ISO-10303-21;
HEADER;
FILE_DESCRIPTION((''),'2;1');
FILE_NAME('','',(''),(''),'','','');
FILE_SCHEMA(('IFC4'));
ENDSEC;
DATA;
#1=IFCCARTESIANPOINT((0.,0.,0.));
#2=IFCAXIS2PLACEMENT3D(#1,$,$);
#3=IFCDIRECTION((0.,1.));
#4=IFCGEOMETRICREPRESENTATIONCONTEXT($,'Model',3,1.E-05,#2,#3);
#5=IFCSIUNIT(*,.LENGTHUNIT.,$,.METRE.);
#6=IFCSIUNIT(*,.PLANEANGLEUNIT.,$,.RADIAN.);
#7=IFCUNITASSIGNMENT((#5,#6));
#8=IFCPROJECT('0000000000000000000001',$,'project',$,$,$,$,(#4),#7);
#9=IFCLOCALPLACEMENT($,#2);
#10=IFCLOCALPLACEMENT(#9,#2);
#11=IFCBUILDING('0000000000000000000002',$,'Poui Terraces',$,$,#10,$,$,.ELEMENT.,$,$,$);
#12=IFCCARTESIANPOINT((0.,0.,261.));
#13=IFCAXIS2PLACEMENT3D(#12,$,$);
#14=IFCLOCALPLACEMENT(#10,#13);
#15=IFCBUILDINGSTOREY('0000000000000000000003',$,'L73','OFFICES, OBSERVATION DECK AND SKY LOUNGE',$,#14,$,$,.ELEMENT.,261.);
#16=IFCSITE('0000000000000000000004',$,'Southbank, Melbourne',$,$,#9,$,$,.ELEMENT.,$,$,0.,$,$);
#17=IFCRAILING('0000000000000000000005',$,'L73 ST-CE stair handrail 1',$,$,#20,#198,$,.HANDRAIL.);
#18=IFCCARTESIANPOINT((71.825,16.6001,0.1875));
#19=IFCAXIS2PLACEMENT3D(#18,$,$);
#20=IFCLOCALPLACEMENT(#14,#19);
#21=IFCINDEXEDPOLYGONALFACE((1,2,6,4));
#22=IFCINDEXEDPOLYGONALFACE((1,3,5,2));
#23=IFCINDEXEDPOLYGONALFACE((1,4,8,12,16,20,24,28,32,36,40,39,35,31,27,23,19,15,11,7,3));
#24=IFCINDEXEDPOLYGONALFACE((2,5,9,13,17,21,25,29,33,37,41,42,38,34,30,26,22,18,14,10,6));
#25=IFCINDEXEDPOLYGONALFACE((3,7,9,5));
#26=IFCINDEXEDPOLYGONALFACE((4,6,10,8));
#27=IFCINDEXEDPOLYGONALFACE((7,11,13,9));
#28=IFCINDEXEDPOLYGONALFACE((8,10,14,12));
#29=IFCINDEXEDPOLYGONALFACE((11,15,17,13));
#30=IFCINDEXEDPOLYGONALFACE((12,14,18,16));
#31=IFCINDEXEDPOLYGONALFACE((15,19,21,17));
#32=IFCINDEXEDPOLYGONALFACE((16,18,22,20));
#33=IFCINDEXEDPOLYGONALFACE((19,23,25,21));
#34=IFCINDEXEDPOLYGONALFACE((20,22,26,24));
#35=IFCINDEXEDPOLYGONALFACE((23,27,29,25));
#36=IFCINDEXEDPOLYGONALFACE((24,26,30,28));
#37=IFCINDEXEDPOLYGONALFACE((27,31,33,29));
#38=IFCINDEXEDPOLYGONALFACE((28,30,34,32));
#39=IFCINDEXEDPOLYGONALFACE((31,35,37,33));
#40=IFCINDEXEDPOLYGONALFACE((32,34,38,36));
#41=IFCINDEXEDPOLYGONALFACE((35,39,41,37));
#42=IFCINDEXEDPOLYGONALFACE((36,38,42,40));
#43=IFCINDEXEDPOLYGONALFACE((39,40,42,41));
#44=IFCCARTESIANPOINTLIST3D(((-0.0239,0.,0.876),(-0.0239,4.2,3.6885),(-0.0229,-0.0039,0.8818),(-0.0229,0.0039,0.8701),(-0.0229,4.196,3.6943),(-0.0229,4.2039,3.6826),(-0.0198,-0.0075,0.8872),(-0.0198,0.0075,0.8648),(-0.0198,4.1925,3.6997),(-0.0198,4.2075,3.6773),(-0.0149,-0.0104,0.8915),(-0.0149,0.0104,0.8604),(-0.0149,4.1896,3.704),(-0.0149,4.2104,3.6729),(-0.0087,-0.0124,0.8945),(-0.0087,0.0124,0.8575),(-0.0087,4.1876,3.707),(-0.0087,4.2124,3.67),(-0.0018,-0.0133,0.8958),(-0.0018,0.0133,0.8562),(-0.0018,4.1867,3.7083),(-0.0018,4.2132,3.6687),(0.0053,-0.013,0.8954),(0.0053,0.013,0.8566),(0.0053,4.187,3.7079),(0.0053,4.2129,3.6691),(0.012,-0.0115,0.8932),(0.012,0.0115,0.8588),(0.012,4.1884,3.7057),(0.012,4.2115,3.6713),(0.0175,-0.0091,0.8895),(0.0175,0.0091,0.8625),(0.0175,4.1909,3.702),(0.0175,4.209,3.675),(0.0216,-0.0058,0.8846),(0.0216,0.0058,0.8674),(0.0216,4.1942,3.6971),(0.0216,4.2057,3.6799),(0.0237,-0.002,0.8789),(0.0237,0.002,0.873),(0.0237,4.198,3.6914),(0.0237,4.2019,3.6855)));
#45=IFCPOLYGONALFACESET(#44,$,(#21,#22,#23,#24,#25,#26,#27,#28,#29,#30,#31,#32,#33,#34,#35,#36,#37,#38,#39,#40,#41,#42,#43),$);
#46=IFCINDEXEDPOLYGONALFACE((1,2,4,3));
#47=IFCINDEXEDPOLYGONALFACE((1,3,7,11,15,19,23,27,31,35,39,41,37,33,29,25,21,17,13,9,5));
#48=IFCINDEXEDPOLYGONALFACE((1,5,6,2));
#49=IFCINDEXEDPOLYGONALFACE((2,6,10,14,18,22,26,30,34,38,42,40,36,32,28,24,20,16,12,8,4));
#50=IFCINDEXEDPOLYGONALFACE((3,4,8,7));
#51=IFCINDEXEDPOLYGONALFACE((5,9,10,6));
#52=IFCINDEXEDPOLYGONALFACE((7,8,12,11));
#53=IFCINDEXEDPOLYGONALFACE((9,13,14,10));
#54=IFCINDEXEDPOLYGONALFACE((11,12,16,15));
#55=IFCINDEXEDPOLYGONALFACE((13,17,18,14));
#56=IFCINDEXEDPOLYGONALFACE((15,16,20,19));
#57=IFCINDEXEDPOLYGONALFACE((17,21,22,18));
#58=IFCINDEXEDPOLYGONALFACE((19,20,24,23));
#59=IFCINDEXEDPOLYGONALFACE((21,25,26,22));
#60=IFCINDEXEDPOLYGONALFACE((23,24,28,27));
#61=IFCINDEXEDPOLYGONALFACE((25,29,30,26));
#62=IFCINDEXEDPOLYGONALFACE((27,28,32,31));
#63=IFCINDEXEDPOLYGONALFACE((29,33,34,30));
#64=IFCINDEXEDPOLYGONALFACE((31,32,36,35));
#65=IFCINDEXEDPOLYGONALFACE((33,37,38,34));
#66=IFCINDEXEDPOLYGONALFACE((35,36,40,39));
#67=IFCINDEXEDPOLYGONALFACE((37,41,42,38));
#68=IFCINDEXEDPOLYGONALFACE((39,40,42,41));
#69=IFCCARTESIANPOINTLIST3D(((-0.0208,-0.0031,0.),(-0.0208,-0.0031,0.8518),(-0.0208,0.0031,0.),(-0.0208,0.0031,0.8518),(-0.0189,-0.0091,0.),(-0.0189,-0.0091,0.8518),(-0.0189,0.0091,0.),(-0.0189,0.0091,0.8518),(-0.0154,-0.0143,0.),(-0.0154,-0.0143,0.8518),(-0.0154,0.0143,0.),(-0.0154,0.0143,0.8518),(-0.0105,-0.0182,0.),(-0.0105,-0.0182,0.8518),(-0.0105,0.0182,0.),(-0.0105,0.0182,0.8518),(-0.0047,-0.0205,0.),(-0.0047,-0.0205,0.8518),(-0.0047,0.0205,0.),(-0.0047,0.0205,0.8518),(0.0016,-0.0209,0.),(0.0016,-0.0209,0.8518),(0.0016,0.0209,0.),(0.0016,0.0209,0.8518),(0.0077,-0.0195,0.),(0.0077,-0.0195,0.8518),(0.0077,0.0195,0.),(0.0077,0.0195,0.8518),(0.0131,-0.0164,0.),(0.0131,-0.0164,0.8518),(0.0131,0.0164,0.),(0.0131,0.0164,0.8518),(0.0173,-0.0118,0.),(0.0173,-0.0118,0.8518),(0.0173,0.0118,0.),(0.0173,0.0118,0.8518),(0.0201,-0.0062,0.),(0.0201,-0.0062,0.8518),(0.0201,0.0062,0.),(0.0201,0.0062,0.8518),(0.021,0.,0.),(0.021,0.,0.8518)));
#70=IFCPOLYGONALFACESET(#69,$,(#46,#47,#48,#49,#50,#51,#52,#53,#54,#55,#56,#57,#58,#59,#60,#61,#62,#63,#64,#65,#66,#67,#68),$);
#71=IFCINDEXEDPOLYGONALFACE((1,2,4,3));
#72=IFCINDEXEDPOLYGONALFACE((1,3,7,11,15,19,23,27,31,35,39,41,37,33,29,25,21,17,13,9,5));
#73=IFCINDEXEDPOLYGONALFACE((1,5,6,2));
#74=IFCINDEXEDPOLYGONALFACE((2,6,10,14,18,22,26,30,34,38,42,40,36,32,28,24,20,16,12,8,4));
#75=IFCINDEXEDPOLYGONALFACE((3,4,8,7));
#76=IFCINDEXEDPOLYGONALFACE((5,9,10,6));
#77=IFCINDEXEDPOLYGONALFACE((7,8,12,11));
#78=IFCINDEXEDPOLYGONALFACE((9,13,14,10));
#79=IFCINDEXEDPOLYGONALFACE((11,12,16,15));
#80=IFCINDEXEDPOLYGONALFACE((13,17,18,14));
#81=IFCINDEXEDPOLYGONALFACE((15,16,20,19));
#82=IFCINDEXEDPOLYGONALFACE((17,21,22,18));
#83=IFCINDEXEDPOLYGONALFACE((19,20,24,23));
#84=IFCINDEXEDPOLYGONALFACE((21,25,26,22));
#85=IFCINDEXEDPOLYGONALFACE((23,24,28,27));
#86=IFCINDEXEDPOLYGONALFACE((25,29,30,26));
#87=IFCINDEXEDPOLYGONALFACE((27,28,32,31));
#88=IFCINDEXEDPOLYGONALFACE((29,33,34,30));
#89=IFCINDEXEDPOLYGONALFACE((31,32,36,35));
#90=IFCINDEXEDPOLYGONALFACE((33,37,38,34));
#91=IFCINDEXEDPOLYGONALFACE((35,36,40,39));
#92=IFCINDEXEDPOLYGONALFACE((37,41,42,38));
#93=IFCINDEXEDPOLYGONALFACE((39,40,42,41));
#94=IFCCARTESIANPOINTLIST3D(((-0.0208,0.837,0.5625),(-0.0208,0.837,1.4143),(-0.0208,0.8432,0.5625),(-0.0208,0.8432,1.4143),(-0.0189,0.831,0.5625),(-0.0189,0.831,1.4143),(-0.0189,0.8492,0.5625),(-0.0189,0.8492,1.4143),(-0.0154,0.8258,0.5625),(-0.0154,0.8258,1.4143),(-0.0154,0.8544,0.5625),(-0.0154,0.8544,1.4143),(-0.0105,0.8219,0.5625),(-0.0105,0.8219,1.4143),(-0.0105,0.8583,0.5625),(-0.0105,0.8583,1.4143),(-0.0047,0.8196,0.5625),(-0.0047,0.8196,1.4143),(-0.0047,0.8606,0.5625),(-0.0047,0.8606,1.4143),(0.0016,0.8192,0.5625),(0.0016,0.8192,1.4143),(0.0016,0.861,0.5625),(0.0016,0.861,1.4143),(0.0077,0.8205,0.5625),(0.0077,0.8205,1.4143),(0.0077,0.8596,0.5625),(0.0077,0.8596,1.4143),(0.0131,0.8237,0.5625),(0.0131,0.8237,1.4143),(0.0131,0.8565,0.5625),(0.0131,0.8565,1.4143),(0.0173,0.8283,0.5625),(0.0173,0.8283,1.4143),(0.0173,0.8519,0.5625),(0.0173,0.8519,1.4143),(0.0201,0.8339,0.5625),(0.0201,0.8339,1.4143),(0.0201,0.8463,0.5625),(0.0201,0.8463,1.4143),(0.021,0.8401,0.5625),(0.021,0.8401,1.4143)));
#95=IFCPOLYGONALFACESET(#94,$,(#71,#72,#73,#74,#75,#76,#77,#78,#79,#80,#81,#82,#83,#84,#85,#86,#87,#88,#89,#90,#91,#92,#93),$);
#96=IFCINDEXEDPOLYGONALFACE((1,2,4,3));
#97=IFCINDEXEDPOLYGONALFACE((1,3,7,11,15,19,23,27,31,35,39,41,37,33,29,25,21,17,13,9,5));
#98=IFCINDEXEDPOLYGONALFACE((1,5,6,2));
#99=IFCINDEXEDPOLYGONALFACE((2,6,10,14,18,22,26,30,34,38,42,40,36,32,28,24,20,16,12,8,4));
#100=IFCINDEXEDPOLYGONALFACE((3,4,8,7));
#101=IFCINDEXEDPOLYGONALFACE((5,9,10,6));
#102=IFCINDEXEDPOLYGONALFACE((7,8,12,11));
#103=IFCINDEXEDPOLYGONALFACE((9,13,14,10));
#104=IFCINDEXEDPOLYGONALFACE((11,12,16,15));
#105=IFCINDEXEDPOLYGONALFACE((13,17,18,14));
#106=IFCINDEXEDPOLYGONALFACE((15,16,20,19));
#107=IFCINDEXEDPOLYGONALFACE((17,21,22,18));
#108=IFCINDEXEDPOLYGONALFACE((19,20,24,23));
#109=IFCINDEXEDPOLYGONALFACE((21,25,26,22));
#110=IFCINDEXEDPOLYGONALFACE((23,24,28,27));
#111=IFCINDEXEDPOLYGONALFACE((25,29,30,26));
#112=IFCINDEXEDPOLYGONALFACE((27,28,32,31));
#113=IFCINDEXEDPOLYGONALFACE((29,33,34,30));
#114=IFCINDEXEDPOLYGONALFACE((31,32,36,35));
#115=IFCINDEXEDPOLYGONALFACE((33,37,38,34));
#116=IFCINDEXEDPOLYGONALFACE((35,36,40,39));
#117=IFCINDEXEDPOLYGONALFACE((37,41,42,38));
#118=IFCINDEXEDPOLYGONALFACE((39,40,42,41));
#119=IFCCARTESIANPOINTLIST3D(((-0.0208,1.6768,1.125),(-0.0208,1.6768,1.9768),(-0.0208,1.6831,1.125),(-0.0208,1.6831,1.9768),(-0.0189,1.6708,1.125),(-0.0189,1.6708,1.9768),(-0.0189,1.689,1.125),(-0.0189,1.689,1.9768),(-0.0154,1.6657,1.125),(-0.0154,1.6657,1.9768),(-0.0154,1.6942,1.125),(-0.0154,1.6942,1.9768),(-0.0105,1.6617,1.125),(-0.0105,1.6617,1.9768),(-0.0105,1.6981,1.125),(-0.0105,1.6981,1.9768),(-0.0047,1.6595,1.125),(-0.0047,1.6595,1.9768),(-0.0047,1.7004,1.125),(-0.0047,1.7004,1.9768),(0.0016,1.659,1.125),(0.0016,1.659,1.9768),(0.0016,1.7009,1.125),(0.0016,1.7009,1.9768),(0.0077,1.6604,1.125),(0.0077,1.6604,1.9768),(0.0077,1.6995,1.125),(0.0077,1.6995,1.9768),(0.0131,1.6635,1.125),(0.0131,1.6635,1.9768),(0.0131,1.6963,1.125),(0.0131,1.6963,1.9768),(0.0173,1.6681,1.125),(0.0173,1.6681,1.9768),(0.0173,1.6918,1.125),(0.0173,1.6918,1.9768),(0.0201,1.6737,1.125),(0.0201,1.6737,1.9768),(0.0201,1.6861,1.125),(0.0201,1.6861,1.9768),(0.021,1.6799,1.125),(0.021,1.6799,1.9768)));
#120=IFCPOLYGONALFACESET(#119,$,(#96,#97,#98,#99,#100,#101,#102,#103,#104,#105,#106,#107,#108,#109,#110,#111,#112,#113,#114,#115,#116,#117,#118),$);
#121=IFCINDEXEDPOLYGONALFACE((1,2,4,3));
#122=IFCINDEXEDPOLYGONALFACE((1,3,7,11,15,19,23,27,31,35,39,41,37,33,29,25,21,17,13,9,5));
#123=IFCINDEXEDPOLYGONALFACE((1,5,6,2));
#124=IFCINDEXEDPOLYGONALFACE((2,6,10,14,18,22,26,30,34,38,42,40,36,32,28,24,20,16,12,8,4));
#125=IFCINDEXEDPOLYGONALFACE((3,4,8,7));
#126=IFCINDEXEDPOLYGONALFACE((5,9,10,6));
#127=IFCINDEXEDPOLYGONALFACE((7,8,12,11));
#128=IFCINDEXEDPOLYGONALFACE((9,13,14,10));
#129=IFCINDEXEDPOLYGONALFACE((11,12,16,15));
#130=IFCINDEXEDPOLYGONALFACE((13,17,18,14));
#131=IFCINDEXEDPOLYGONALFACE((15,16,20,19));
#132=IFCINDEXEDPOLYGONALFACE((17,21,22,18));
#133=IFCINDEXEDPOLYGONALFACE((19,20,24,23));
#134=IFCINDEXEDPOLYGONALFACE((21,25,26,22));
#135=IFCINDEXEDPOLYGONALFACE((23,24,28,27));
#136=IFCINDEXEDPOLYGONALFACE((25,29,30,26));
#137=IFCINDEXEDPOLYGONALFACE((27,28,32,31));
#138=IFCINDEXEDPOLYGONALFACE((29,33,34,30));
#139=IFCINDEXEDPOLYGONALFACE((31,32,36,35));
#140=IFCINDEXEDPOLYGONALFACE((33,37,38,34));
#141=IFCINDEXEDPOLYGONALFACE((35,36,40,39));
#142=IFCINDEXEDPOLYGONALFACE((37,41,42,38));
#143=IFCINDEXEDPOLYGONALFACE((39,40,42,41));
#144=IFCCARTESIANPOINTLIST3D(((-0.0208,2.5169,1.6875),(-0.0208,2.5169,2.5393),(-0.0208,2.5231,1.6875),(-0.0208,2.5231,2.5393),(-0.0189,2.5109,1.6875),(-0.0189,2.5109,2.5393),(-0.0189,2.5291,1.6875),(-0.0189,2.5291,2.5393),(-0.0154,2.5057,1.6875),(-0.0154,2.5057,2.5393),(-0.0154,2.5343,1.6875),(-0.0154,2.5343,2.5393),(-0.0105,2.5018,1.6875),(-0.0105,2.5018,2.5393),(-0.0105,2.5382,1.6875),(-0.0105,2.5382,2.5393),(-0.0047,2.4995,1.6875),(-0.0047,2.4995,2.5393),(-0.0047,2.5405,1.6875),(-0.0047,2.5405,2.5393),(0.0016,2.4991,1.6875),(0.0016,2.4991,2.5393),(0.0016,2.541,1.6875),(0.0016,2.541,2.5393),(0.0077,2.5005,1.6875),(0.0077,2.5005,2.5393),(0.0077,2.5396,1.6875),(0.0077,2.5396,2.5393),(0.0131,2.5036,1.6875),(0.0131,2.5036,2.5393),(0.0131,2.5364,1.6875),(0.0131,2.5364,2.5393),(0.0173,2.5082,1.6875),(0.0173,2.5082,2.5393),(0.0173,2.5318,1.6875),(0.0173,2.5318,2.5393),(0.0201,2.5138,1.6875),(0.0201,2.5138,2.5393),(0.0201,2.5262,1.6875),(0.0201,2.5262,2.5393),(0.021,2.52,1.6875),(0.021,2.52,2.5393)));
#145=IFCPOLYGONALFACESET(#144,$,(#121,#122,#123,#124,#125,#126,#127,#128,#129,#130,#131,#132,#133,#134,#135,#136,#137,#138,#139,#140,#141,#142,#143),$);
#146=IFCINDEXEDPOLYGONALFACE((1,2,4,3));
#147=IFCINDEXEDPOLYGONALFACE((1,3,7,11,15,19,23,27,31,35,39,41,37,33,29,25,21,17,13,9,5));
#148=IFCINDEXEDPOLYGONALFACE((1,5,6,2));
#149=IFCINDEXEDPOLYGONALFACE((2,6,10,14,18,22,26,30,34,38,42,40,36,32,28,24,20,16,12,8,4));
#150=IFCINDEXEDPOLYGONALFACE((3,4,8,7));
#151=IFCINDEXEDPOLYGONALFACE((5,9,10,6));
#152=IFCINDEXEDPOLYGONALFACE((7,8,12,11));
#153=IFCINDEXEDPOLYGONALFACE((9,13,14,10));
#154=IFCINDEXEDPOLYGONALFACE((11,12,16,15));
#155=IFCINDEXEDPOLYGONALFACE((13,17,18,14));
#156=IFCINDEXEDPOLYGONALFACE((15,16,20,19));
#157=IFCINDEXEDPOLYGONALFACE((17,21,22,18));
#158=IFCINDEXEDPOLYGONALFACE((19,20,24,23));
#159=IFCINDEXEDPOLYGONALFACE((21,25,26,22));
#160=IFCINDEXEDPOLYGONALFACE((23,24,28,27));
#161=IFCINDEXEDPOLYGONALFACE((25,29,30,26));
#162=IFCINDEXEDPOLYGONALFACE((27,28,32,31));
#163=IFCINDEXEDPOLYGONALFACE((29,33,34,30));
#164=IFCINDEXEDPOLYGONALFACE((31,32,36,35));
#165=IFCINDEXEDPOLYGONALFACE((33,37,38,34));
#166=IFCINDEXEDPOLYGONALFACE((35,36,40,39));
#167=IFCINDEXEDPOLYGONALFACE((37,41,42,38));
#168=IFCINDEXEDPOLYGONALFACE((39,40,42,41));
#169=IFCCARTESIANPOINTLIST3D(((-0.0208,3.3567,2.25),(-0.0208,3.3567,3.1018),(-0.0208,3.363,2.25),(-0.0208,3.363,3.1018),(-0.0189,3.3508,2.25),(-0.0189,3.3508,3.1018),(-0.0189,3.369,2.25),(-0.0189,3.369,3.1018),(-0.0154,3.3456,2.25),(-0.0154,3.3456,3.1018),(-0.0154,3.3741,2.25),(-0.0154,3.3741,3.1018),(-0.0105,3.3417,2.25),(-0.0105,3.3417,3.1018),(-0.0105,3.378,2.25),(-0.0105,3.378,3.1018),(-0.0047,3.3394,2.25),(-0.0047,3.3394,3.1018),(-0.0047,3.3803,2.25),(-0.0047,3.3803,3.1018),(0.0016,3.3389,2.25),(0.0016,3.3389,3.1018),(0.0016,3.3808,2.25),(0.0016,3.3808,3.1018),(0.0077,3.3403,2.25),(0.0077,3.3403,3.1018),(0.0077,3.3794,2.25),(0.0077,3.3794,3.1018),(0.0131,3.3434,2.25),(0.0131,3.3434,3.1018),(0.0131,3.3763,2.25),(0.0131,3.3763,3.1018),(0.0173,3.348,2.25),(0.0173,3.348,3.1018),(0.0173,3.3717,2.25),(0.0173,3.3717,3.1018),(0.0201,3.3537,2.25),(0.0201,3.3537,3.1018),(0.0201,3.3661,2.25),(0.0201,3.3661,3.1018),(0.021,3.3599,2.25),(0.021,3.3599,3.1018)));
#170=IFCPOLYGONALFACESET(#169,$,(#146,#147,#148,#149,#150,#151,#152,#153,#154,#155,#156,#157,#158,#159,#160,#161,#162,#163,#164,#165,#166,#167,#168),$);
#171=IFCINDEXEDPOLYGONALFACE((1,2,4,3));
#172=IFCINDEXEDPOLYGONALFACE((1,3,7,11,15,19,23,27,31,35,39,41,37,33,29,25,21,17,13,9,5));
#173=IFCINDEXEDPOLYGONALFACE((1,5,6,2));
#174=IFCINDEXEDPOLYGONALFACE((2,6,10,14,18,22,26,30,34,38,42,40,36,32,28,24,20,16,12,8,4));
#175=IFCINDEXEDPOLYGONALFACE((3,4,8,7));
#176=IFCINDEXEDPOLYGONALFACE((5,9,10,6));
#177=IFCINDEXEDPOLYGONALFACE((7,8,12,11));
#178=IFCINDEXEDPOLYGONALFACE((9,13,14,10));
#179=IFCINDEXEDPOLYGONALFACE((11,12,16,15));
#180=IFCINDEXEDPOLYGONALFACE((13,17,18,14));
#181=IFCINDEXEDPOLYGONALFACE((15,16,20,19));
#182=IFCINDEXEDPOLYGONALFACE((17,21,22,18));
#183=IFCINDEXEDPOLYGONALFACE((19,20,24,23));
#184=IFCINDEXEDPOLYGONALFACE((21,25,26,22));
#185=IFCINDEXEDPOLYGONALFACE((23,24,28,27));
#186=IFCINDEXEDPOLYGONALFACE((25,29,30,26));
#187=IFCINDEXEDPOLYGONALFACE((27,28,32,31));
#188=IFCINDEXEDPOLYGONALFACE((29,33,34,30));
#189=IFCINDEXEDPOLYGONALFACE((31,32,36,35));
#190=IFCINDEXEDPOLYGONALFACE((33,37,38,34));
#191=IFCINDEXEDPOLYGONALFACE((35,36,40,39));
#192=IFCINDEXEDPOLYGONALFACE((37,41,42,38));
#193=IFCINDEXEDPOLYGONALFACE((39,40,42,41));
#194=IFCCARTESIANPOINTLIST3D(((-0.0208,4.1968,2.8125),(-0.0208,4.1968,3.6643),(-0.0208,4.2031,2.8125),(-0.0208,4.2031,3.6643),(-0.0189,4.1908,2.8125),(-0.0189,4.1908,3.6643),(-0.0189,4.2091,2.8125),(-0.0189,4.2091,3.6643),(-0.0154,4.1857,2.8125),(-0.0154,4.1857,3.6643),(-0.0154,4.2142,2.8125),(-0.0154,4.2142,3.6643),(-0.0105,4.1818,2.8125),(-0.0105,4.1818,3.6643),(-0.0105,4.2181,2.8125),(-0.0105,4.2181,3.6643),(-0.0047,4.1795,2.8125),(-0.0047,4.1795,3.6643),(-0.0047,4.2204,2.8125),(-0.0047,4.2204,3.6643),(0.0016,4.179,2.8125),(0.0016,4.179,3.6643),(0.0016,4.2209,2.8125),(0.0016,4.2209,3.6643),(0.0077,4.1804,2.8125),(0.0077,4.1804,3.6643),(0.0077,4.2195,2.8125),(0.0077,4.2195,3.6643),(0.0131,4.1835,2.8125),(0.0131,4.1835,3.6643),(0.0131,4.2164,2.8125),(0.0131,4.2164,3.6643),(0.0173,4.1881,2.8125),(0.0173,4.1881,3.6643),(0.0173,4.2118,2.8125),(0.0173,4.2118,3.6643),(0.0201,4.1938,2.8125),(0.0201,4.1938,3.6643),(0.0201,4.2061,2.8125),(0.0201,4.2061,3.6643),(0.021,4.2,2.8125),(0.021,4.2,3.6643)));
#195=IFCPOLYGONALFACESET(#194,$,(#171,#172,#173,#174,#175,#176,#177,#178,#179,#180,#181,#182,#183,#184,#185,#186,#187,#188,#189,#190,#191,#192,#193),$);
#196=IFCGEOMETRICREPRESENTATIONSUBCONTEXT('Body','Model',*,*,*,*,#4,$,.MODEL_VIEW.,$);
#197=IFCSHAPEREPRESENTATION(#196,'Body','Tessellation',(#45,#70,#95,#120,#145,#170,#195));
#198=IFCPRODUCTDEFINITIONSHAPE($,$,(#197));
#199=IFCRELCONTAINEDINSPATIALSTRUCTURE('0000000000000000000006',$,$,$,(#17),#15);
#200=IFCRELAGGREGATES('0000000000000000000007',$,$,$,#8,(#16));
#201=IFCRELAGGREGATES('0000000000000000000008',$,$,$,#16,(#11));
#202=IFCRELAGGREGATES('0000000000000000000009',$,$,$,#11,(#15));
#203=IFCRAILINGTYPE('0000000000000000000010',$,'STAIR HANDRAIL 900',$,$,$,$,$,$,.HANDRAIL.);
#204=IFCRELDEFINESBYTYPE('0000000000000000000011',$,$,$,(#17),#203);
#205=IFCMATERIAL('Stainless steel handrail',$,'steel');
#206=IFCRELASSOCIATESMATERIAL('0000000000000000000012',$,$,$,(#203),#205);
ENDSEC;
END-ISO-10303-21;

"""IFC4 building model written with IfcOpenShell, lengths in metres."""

from ifc_helpers import new_model, si_unit, direction, frame, origin, origin_2d, place, context, subcontext, project, spatial, circle, extrude, material, type_object, element, save


model = new_model("IFC4")

# Units and contexts
model_context = context("Model", 3, precision=1e-05, world=origin(), true_north=direction((0.0, 1.0)))
body_context = subcontext(model_context, "Body", "Model", "MODEL_VIEW")
ifc_project = project(units=[si_unit("LENGTHUNIT", "METRE"), si_unit("PLANEANGLEUNIT", "RADIAN")], contexts=[model_context])

# Site, building, storey
site_placement = place(None, origin())
site = spatial("IfcSite", under=ifc_project, at=site_placement, Name="Southbank, Melbourne", CompositionType="ELEMENT", RefElevation=0.0)
building_placement = place(site_placement, origin())
building = spatial("IfcBuilding", under=site, at=building_placement, Name="Poui Terraces", CompositionType="ELEMENT")
storey_placement = place(building_placement, frame((0.0, 0.0, 261.0)))
storey = spatial("IfcBuildingStorey", under=building, at=storey_placement, Name="L73", Description="OFFICES, OBSERVATION DECK AND SKY LOUNGE", CompositionType="ELEMENT", Elevation=261.0)

# Railing
ifc_material_1 = material(Name="Stainless steel handrail", Category="steel")
railing_type_1 = type_object("IfcRailingType", Name="STAIR HANDRAIL 900", PredefinedType="HANDRAIL", material=ifc_material_1)
for number, where, name in (
    (1, (71.825, 16.6001, 0.1875), "L73 ST-CE stair handrail 1"),
):
    element("IfcRailing", number, at=place(storey_placement, frame(where)), inside=storey, type_object=railing_type_1, Name=name, PredefinedType="HANDRAIL", context=body_context, shape_type="SweptSolid", body=[
        extrude(circle(Radius=0.0239, at=origin_2d()), frame((0.0, 0.0, 0.876), z_axis=(0.0, 0.830904, 0.556416), x_axis=(-1.0, 0.0, 0.0)), (0.0, 0.0, 1.0), 5.0547),
        extrude(circle(Radius=0.021, at=origin_2d()), origin(), (0.0, 0.0, 1.0), 0.8518),
        extrude(circle(Radius=0.021, at=origin_2d()), frame((0.0, 0.8401, 0.5625)), (0.0, 0.0, 1.0), 0.8518),
        extrude(circle(Radius=0.021, at=origin_2d()), frame((0.0, 1.6799, 1.125)), (0.0, 0.0, 1.0), 0.8518),
        extrude(circle(Radius=0.021, at=origin_2d()), frame((0.0, 2.52, 1.6875)), (0.0, 0.0, 1.0), 0.8518),
        extrude(circle(Radius=0.021, at=origin_2d()), frame((0.0, 3.3599, 2.25)), (0.0, 0.0, 1.0), 0.8518),
        extrude(circle(Radius=0.021, at=origin_2d()), frame((0.0, 4.2, 2.8125)), (0.0, 0.0, 1.0), 0.8518),
    ])

save(model, "model.ifc")
